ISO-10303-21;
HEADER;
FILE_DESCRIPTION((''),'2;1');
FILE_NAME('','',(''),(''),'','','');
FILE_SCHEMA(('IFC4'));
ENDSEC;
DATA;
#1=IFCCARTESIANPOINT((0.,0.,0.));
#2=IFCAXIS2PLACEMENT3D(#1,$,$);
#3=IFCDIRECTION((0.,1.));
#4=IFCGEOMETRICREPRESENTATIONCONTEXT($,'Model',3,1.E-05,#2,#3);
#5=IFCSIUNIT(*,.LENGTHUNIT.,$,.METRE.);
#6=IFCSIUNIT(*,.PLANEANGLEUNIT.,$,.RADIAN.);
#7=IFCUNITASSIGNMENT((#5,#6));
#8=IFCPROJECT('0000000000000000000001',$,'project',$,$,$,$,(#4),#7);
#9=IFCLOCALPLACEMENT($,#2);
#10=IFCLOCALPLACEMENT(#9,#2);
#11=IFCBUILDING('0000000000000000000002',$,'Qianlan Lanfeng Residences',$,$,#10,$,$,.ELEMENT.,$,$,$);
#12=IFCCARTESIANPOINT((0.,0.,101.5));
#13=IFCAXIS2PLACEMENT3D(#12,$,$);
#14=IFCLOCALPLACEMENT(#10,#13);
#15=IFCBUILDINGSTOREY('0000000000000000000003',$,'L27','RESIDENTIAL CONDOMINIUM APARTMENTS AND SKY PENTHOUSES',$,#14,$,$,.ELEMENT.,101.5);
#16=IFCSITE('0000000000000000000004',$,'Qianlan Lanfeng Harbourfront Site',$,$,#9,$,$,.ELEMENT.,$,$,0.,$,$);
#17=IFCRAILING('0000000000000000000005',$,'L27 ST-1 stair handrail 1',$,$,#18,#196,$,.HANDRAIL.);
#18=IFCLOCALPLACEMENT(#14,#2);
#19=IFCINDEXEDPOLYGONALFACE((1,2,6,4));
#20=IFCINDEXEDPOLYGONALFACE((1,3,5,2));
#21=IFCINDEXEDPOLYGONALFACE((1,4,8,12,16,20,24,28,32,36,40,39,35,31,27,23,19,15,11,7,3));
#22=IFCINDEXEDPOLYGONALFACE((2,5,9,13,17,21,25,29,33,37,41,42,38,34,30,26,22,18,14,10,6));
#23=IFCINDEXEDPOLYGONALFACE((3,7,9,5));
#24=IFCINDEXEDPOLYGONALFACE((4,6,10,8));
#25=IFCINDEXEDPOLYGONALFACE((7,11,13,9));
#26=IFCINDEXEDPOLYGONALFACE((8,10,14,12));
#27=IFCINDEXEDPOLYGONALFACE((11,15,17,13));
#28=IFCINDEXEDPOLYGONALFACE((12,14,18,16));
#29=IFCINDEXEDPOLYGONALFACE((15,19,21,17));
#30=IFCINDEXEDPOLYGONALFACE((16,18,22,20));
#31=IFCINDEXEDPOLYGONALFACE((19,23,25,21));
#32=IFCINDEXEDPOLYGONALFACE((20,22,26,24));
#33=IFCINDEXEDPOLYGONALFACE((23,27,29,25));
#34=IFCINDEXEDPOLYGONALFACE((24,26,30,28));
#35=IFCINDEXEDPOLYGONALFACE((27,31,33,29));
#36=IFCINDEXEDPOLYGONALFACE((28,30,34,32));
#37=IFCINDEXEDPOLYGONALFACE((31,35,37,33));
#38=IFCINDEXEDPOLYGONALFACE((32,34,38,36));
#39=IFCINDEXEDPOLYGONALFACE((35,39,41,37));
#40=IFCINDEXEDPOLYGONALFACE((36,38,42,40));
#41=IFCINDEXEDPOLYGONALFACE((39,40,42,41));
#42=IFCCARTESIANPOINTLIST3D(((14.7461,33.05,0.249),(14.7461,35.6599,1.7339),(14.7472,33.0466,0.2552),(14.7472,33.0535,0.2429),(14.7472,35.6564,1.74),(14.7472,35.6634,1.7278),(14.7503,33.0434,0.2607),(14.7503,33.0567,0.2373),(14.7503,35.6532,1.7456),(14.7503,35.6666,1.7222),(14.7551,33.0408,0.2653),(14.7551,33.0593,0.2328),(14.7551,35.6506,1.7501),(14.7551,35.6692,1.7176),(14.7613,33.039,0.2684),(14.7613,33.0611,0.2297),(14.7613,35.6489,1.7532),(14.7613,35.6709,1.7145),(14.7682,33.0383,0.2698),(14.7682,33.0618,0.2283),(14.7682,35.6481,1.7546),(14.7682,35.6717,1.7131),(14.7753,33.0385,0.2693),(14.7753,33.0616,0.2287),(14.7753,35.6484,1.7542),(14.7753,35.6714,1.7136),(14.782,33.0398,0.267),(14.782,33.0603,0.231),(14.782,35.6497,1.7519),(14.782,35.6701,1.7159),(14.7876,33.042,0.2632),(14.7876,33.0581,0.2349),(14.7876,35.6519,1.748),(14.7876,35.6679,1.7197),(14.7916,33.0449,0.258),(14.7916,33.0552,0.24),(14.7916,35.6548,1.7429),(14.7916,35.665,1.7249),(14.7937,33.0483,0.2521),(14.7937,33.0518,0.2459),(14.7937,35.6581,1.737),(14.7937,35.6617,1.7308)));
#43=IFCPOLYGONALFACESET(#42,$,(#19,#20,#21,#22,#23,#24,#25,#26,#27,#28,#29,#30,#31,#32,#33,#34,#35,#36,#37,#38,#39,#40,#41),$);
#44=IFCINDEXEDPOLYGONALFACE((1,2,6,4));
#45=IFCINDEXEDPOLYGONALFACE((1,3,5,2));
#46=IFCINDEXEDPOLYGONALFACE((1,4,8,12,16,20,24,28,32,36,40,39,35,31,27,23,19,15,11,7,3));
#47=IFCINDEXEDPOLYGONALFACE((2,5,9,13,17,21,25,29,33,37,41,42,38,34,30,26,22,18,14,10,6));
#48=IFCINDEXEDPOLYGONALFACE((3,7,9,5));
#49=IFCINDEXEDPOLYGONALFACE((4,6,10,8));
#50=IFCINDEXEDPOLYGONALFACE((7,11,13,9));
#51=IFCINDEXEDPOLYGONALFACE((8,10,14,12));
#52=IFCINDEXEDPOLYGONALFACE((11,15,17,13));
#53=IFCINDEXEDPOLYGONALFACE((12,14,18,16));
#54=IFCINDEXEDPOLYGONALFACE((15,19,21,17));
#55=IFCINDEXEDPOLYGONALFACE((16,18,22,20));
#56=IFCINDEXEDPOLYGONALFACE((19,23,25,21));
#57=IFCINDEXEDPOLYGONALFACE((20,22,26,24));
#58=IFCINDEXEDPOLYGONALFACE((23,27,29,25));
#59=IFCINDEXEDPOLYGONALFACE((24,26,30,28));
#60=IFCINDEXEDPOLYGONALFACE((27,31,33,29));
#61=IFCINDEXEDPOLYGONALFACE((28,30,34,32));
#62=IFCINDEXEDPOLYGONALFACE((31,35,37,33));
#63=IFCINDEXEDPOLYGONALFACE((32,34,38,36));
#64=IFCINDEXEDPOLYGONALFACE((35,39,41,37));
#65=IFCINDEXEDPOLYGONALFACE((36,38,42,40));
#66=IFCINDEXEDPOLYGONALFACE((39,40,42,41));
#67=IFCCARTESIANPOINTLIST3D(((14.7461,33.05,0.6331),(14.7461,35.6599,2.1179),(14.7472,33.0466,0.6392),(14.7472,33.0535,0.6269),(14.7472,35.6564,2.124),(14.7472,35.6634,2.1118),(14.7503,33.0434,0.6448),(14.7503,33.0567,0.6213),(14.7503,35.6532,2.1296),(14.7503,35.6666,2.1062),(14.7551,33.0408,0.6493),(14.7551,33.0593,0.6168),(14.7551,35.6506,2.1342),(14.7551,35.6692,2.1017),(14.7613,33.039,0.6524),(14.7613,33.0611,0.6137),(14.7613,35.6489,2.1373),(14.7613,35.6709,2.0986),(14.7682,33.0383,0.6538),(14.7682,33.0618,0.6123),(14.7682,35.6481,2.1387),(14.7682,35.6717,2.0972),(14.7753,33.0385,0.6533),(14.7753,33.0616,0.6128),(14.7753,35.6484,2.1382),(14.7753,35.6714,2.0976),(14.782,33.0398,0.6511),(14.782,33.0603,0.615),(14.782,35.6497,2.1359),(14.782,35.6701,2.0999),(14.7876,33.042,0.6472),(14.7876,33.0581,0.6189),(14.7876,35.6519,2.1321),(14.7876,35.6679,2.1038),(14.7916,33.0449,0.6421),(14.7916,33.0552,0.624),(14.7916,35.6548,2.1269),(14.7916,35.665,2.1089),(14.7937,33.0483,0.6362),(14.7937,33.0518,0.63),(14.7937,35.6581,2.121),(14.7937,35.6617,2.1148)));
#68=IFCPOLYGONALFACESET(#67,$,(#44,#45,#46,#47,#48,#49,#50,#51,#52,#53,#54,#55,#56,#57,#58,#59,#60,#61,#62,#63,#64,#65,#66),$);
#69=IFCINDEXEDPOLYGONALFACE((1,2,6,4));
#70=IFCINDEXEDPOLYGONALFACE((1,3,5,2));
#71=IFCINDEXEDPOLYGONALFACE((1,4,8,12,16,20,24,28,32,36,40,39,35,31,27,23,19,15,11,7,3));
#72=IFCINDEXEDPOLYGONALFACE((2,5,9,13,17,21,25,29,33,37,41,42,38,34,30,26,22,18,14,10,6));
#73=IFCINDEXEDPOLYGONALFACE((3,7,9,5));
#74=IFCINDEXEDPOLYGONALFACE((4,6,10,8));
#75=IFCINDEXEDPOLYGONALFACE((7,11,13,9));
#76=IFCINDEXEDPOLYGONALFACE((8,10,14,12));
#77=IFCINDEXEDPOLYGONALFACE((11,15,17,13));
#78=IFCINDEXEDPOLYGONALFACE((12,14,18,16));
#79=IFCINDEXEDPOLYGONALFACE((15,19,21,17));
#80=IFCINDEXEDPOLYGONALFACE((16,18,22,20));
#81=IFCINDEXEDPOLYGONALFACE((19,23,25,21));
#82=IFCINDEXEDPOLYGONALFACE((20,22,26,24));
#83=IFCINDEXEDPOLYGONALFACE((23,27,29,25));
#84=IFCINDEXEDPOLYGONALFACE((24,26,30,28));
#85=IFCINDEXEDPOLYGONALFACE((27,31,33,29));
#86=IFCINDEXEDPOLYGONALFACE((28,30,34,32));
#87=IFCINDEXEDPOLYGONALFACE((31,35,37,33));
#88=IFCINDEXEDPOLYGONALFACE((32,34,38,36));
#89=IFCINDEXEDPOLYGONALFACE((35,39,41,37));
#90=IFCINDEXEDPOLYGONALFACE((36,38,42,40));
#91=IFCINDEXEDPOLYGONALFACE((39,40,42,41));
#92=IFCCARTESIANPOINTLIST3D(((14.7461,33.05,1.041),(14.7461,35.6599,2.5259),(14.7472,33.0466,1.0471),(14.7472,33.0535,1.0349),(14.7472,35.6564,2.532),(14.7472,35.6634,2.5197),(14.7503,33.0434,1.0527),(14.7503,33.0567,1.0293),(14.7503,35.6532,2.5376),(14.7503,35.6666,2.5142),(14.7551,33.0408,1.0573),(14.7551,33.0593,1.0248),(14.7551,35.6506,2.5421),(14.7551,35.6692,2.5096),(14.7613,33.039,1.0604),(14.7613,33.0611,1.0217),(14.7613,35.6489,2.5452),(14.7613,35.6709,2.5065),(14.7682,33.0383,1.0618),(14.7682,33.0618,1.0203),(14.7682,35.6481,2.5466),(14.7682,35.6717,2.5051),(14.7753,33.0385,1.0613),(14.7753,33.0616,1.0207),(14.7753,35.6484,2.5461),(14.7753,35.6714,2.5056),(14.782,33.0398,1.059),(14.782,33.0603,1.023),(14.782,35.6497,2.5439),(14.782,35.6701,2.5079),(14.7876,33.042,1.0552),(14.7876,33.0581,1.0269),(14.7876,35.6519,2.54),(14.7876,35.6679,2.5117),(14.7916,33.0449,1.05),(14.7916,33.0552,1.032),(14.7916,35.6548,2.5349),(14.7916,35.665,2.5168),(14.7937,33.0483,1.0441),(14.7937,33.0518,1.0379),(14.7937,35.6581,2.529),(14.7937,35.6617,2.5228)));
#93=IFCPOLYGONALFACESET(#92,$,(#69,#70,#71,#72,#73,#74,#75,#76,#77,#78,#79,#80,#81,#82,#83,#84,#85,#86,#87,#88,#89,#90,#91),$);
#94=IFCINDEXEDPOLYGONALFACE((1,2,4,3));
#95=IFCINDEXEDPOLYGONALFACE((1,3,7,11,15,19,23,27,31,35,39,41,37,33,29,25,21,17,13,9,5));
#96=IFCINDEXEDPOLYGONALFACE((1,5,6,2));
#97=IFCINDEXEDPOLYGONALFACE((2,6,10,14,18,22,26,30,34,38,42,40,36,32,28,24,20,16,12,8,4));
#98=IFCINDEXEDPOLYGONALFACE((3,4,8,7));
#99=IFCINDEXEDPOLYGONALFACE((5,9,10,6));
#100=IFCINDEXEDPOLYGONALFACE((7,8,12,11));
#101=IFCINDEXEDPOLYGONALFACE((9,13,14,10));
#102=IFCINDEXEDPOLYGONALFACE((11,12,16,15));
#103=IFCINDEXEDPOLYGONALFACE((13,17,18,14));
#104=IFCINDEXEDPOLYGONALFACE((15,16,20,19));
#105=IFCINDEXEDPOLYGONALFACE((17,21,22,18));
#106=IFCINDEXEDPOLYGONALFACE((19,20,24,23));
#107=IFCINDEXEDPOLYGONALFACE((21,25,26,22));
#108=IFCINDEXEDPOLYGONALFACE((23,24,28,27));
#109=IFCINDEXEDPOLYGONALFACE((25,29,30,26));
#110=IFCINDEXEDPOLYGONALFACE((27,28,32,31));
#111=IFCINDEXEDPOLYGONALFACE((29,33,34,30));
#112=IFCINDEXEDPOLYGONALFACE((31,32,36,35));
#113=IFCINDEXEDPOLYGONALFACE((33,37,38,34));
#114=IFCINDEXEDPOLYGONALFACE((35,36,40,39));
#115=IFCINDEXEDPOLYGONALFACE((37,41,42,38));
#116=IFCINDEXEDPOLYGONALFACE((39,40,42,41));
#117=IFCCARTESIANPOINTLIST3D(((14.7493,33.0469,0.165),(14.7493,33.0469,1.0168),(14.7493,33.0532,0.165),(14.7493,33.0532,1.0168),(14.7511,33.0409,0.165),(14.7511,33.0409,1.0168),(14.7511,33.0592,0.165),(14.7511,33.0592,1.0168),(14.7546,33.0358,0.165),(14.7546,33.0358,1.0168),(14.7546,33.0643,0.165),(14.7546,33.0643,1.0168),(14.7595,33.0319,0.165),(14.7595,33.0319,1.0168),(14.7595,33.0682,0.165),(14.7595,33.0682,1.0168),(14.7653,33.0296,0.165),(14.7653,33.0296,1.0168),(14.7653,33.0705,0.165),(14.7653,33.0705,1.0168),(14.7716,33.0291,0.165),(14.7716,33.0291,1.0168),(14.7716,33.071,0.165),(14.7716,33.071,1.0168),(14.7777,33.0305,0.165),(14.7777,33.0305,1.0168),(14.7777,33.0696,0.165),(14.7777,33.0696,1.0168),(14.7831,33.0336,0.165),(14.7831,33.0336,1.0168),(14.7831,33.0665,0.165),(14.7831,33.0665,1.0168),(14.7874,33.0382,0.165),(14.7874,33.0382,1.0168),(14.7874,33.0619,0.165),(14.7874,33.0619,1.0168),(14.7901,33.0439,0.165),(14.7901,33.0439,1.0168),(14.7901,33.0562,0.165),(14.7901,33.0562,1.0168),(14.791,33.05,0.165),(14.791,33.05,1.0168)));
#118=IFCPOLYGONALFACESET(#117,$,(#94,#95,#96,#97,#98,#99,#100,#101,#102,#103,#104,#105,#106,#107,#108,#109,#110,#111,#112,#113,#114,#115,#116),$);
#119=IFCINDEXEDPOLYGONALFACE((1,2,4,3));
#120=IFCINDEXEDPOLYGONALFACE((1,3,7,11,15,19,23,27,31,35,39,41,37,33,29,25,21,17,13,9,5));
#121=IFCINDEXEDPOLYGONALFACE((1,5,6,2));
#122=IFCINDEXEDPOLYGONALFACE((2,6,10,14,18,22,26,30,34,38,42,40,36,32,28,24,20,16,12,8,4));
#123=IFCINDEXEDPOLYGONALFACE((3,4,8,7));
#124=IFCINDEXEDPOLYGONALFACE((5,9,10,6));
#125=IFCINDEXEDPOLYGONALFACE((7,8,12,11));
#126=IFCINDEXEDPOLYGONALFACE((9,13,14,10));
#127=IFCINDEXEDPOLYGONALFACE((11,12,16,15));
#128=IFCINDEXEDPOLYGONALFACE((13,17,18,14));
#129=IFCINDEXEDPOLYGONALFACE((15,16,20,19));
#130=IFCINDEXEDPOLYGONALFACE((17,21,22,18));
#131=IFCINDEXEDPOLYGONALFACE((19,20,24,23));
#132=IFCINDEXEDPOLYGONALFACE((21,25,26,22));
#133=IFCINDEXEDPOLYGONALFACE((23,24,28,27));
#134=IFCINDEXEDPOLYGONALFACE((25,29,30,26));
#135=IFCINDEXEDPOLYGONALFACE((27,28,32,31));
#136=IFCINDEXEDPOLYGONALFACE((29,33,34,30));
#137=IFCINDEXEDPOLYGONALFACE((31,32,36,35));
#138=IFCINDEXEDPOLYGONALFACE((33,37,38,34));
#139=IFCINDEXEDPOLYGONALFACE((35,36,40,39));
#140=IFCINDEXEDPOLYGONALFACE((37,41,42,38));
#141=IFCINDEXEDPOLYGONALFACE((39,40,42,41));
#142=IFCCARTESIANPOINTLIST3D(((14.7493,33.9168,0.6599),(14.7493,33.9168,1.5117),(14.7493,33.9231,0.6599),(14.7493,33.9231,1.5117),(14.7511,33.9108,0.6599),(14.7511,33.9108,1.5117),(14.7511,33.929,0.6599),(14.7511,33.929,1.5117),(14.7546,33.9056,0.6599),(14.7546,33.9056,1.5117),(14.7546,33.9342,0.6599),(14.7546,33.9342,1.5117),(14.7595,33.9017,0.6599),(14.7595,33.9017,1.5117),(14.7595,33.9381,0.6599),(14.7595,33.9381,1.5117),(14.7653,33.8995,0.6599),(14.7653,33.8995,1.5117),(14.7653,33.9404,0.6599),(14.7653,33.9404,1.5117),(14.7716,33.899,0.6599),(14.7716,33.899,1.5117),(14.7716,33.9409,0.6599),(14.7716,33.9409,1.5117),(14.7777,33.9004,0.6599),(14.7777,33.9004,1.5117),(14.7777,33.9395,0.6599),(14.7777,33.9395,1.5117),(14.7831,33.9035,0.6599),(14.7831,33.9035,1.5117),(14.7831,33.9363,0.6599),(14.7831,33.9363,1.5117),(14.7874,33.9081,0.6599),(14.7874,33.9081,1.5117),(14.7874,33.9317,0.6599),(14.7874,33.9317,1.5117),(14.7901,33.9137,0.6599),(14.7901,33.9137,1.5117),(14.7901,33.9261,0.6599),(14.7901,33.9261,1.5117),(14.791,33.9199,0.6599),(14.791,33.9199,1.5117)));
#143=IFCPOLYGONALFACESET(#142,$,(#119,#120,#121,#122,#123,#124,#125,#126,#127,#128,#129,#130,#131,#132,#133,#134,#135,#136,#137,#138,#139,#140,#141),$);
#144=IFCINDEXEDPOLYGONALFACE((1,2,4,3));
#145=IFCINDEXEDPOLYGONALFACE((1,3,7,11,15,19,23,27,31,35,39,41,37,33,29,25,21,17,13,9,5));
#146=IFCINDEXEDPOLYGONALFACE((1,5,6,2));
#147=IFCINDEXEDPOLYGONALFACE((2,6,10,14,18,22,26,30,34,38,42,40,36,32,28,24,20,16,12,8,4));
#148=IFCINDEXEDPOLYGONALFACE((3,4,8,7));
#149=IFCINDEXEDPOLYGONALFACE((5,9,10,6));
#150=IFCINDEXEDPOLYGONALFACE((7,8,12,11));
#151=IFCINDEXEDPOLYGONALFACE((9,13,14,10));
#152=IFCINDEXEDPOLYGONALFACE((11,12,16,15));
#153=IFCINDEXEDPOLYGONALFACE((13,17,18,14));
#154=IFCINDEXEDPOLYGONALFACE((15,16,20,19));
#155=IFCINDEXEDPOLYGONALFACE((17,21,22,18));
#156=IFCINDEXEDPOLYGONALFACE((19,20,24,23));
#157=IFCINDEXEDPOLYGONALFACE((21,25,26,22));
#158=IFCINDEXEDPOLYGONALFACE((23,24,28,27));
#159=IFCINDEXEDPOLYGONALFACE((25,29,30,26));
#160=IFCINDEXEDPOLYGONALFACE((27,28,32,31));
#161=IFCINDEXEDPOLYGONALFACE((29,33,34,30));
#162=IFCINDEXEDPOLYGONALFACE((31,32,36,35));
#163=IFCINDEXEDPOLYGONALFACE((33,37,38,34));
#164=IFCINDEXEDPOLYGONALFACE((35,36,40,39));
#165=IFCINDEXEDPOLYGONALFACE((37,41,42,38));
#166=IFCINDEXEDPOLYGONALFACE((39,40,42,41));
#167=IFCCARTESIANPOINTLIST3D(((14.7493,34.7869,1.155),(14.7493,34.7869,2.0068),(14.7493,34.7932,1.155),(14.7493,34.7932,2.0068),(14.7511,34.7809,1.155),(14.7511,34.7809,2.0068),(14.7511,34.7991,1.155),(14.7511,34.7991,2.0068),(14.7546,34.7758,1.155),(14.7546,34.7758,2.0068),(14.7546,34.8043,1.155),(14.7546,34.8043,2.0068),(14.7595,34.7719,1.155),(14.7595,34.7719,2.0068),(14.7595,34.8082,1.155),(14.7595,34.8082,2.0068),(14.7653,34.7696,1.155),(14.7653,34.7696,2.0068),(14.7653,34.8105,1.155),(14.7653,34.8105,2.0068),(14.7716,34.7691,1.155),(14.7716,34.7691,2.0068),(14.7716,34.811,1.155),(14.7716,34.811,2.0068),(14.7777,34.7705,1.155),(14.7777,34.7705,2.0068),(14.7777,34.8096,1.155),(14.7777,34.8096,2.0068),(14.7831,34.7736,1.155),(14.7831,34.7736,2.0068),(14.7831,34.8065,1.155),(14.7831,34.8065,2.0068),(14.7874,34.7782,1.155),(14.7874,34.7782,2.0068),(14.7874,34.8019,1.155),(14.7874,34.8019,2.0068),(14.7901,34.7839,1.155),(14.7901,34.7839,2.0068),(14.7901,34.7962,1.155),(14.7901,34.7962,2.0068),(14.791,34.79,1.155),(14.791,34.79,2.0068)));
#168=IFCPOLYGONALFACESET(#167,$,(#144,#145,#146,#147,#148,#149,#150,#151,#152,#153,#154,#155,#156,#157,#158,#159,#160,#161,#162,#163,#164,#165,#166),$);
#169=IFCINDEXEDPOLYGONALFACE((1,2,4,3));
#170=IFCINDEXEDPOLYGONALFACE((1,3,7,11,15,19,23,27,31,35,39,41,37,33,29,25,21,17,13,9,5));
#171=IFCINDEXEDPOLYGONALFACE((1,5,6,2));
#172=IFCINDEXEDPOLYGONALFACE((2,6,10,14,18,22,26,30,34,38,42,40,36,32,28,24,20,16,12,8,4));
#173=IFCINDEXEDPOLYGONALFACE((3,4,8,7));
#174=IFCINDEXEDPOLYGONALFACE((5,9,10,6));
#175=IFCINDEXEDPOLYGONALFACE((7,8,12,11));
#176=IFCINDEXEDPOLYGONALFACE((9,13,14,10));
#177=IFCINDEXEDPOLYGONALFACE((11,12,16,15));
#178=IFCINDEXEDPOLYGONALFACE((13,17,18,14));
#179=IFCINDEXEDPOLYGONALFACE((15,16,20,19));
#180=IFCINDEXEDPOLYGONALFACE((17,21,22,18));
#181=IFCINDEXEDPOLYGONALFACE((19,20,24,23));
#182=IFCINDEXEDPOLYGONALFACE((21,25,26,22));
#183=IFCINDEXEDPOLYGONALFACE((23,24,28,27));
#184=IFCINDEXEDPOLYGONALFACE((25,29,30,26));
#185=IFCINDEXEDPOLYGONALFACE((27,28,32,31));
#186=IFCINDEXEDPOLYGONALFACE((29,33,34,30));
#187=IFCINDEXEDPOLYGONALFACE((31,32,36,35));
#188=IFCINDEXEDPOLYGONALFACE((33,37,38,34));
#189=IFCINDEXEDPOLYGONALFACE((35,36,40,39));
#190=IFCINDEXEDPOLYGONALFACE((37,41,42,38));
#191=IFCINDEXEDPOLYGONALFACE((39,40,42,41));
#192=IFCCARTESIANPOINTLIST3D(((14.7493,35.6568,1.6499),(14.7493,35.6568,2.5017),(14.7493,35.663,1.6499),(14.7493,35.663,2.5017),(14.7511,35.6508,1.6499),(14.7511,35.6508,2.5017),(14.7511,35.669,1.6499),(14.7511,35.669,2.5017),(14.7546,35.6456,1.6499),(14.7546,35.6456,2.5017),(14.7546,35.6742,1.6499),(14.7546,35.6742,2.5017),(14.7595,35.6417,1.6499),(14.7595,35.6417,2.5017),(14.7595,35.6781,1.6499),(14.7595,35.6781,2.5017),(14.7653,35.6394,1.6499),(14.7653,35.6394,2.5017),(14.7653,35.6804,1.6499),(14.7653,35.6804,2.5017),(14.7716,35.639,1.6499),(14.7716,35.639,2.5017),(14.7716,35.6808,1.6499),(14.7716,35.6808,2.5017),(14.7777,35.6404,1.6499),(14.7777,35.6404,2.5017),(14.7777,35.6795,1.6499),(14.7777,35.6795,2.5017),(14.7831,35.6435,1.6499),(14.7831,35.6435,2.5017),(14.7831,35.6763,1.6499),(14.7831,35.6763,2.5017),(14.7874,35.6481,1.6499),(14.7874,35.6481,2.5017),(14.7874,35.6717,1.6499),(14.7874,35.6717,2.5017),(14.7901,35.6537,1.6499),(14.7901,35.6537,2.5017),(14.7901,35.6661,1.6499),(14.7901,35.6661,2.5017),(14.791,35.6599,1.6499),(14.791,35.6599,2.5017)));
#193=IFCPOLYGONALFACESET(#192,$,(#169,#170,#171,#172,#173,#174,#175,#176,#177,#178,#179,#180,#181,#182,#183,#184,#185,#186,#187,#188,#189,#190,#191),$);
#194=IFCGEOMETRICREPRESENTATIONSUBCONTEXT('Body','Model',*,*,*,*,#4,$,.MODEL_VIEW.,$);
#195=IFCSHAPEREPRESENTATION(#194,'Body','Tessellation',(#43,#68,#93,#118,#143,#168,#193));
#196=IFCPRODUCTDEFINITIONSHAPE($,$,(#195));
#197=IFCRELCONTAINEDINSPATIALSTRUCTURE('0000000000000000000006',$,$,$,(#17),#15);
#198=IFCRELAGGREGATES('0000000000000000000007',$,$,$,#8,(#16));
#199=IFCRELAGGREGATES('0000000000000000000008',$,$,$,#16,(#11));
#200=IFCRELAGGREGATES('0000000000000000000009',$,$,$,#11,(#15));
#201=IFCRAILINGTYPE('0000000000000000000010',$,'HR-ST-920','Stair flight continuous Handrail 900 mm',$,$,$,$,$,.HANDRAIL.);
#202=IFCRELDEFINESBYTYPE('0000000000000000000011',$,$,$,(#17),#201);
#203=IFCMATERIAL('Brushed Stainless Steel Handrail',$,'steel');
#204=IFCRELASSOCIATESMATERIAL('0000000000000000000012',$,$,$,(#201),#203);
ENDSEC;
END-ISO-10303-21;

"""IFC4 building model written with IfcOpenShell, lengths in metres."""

from ifc_helpers import new_model, si_unit, direction, frame, origin, origin_2d, place, context, subcontext, project, spatial, circle, extrude, material, type_object, element, save


model = new_model("IFC4")

# Units and contexts
model_context = context("Model", 3, precision=1e-05, world=origin(), true_north=direction((0.0, 1.0)))
body_context = subcontext(model_context, "Body", "Model", "MODEL_VIEW")
ifc_project = project(units=[si_unit("LENGTHUNIT", "METRE"), si_unit("PLANEANGLEUNIT", "RADIAN")], contexts=[model_context])

# Site, building, storey
site_placement = place(None, origin())
site = spatial("IfcSite", under=ifc_project, at=site_placement, Name="Qianlan Lanfeng Harbourfront Site", CompositionType="ELEMENT", RefElevation=0.0)
building_placement = place(site_placement, origin())
building = spatial("IfcBuilding", under=site, at=building_placement, Name="Qianlan Lanfeng Residences", CompositionType="ELEMENT")
storey_placement = place(building_placement, frame((0.0, 0.0, 101.5)))
storey = spatial("IfcBuildingStorey", under=building, at=storey_placement, Name="L27", Description="RESIDENTIAL CONDOMINIUM APARTMENTS AND SKY PENTHOUSES", CompositionType="ELEMENT", Elevation=101.5)

# Railing
ifc_material_1 = material(Name="Brushed Stainless Steel Handrail", Category="steel")
railing_type_1 = type_object("IfcRailingType", Name="HR-ST-920", Description="Stair flight continuous Handrail 900 mm", PredefinedType="HANDRAIL", material=ifc_material_1)
railing_1_placement = place(storey_placement, frame((14.77, 33.05, 0.165)))
element("IfcRailing", 1, at=railing_1_placement, inside=storey, type_object=railing_type_1, Name="L27 ST-1 stair handrail 1", PredefinedType="HANDRAIL", context=body_context, shape_type="SweptSolid", body=[
    extrude(circle(Radius=0.0239, at=origin_2d()), frame((0.0, 0.0, 0.084), z_axis=(0.0, 0.869172, 0.494509), x_axis=(-1.0, 0.0, 0.0)), (0.0, 0.0, 1.0), 3.0027),
    extrude(circle(Radius=0.0239, at=origin_2d()), frame((0.0, 0.0, 0.468), z_axis=(0.0, 0.869172, 0.494509), x_axis=(-1.0, 0.0, 0.0)), (0.0, 0.0, 1.0), 3.0027),
    extrude(circle(Radius=0.0239, at=origin_2d()), frame((0.0, 0.0, 0.876), z_axis=(0.0, 0.869172, 0.494509), x_axis=(-1.0, 0.0, 0.0)), (0.0, 0.0, 1.0), 3.0027),
    extrude(circle(Radius=0.021, at=origin_2d()), origin(), (0.0, 0.0, 1.0), 0.8518),
    extrude(circle(Radius=0.021, at=origin_2d()), frame((0.0, 0.8699, 0.4949)), (0.0, 0.0, 1.0), 0.8518),
    extrude(circle(Radius=0.021, at=origin_2d()), frame((0.0, 1.74, 0.99)), (0.0, 0.0, 1.0), 0.8518),
    extrude(circle(Radius=0.021, at=origin_2d()), frame((0.0, 2.6099, 1.4849)), (0.0, 0.0, 1.0), 0.8518),
])

save(model, "model.ifc")
